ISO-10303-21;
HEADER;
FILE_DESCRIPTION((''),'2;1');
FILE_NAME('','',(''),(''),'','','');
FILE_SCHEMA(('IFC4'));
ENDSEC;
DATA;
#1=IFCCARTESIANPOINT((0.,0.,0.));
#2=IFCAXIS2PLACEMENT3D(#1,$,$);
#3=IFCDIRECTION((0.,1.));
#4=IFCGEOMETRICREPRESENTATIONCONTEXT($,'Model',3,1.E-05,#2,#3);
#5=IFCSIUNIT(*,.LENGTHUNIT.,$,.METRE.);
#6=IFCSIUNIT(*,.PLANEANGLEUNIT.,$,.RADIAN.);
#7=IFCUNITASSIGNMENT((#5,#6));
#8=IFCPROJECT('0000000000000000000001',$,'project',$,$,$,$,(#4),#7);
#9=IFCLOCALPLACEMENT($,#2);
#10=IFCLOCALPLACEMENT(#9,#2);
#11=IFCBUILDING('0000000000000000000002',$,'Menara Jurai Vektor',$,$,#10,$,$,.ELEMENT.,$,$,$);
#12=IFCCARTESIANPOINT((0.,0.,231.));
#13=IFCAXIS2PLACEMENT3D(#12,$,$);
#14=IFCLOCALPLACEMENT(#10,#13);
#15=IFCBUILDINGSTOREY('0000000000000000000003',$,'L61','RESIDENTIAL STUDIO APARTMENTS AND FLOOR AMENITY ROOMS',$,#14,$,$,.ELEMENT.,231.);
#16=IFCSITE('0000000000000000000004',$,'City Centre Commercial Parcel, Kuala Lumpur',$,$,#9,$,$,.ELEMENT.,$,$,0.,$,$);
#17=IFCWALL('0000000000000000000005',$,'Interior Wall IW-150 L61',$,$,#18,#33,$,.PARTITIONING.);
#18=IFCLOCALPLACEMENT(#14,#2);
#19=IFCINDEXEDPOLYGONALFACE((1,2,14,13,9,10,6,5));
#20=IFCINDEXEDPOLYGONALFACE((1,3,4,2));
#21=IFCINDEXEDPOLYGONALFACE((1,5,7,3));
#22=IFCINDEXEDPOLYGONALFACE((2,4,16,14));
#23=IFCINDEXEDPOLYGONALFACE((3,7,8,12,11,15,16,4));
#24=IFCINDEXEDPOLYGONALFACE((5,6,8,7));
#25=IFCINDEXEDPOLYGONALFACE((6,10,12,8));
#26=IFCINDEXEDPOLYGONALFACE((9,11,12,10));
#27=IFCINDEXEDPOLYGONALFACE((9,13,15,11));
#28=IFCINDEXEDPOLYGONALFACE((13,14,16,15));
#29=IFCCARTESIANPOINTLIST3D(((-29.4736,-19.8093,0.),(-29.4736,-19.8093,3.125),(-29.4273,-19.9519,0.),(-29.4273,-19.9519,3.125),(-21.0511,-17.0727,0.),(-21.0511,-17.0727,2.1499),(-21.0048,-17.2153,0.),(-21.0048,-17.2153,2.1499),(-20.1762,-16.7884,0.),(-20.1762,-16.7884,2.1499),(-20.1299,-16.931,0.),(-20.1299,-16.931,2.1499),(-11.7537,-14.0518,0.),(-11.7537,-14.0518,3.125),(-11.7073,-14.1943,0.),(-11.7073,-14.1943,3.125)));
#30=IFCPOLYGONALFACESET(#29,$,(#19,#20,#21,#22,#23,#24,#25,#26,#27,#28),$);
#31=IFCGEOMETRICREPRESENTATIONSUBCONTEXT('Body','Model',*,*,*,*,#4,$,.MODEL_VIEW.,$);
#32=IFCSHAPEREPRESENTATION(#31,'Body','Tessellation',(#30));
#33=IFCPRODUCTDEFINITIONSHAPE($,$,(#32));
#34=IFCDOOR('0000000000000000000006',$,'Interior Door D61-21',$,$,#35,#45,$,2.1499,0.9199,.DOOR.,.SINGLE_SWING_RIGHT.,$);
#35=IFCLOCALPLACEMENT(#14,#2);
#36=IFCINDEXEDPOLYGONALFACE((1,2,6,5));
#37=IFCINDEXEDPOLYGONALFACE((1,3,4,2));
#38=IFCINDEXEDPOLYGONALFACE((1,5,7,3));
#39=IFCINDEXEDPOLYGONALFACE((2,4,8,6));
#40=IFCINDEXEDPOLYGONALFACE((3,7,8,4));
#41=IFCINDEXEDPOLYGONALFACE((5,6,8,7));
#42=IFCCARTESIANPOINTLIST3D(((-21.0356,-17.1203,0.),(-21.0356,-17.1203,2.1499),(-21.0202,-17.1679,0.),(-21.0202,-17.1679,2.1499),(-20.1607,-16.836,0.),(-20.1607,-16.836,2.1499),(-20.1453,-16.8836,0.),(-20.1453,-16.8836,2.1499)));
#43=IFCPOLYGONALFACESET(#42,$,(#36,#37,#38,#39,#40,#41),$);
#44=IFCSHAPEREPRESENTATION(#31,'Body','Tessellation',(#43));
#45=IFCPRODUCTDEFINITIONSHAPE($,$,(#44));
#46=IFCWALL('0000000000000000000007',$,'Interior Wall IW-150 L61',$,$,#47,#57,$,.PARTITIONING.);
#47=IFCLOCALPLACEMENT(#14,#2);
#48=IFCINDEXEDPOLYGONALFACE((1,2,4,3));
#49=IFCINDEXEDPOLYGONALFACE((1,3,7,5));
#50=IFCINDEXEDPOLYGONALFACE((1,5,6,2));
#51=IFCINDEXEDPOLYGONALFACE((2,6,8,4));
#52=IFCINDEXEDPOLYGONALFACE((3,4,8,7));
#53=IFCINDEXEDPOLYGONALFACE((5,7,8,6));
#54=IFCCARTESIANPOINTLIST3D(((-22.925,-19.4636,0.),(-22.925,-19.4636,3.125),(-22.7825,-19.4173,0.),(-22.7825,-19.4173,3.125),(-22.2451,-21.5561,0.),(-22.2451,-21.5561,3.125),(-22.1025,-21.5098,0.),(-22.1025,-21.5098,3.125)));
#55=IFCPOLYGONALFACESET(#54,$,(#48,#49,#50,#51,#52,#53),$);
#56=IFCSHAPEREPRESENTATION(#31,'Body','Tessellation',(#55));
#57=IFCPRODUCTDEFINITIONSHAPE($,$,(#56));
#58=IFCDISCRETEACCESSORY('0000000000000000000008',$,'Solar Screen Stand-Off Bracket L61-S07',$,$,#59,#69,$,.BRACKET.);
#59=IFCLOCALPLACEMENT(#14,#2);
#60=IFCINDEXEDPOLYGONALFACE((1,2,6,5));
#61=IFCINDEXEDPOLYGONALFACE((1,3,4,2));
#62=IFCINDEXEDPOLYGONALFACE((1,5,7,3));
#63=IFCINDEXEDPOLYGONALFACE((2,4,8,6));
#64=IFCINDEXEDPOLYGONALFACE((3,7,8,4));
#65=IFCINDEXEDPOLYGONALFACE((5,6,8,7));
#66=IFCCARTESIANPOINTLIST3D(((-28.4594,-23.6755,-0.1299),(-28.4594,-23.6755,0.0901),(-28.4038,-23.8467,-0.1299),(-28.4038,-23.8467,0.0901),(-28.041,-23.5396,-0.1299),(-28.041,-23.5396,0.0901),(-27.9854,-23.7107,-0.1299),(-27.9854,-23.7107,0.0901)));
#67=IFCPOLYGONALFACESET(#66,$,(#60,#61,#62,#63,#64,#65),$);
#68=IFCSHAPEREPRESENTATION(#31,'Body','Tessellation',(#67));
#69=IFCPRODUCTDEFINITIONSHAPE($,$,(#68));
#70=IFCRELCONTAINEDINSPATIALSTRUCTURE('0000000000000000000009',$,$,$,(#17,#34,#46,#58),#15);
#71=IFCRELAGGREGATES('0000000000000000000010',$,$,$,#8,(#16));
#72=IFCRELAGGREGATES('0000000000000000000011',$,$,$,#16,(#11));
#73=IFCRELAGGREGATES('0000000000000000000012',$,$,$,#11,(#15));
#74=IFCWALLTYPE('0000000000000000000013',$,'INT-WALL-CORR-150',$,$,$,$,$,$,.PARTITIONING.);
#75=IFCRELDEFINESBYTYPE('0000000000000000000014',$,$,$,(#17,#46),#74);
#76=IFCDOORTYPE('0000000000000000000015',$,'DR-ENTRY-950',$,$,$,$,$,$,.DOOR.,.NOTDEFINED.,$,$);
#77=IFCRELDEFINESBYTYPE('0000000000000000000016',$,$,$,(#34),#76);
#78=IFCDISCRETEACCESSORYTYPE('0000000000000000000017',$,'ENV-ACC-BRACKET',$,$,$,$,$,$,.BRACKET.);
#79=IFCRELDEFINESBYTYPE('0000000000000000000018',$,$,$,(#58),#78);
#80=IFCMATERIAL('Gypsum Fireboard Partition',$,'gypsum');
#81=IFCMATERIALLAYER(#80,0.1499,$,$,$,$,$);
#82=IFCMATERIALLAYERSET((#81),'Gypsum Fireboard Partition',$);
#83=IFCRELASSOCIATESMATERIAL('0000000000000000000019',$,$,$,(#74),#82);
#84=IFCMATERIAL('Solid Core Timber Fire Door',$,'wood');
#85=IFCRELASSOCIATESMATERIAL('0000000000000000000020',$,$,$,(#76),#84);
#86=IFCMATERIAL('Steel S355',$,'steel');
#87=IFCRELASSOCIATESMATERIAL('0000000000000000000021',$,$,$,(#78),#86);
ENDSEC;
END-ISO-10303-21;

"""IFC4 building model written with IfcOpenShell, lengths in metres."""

from ifc_helpers import new_model, si_unit, direction, frame, frame_2d, origin, origin_2d, place, context, subcontext, project, spatial, rectangle, extrude, material, layer, layer_set, type_object, element, fill, save


model = new_model("IFC4")

# Units and contexts
model_context = context("Model", 3, precision=1e-05, world=origin(), true_north=direction((0.0, 1.0)))
body_context = subcontext(model_context, "Body", "Model", "MODEL_VIEW")
ifc_project = project(units=[si_unit("LENGTHUNIT", "METRE"), si_unit("PLANEANGLEUNIT", "RADIAN")], contexts=[model_context])

# Site, building, storey
site_placement = place(None, origin())
site = spatial("IfcSite", under=ifc_project, at=site_placement, Name="City Centre Commercial Parcel, Kuala Lumpur", CompositionType="ELEMENT", RefElevation=0.0)
building_placement = place(site_placement, origin())
building = spatial("IfcBuilding", under=site, at=building_placement, Name="Menara Jurai Vektor", CompositionType="ELEMENT")
storey_placement = place(building_placement, frame((0.0, 0.0, 231.0)))
storey = spatial("IfcBuildingStorey", under=building, at=storey_placement, Name="L61", Description="RESIDENTIAL STUDIO APARTMENTS AND FLOOR AMENITY ROOMS", CompositionType="ELEMENT", Elevation=231.0)

# Shared definitions
ifc_material_1 = material(Name="Steel S355", Category="steel")

# Shared definitions
ifc_material_2 = material(Name="Gypsum Fireboard Partition", Category="gypsum")
ifc_layer_1 = layer(ifc_material_2, 0.1499)
ifc_layer_set_1 = layer_set([ifc_layer_1], Name="Gypsum Fireboard Partition")
wall_type = type_object("IfcWallType", Name="INT-WALL-CORR-150", PredefinedType="PARTITIONING", material=ifc_layer_set_1)

# Wall, opening, door
wall_1_placement = place(storey_placement, frame((-29.4504, -19.8806, 0.0), z_axis=(0.0, 0.0, 1.0), x_axis=(0.951057, 0.309017, 0.0)))
wall_1 = element("IfcWall", 1, at=wall_1_placement, inside=storey, type_object=wall_type, Name="Interior Wall IW-150 L61", PredefinedType="PARTITIONING", context=body_context, shape_type="SweptSolid", body=[
    extrude(rectangle(XDim=18.6318, YDim=0.1499, at=frame_2d((9.3159, 0.0))), origin(), (0.0, 0.0, 1.0), 3.125),
])
opening_placement = place(wall_1_placement, frame((8.856, 0.0, 0.0)))
opening = element("IfcOpeningElement", 2, at=opening_placement, cuts=wall_1, PredefinedType="OPENING", context=body_context, shape_type="SweptSolid", body=[
    extrude(rectangle(XDim=0.9199, YDim=2.1499, at=frame_2d((0.46, 1.075))), frame((0.0, 0.085, 0.0), z_axis=(0.0, -1.0, 0.0), x_axis=(1.0, 0.0, 0.0)), (0.0, 0.0, 1.0), 0.1699),
])
ifc_material_3 = material(Name="Solid Core Timber Fire Door", Category="wood")
door_type = type_object("IfcDoorType", Name="DR-ENTRY-950", OperationType="NOTDEFINED", PredefinedType="DOOR", material=ifc_material_3)
door_placement = place(opening_placement, origin())
door = element("IfcDoor", 3, at=door_placement, inside=storey, type_object=door_type, Name="Interior Door D61-21", OperationType="SINGLE_SWING_RIGHT", OverallHeight=2.1499, OverallWidth=0.9199, PredefinedType="DOOR", context=body_context, shape_type="SweptSolid", body=[
    extrude(rectangle(XDim=0.9199, YDim=2.1499, at=frame_2d((0.46, 1.075))), frame((0.0, 0.0249, 0.0), z_axis=(0.0, -1.0, 0.0), x_axis=(1.0, 0.0, 0.0)), (0.0, 0.0, 1.0), 0.05),
])
fill(opening, door)

# Wall
wall_2_placement = place(storey_placement, frame((-22.1738, -21.533, 0.0), z_axis=(0.0, 0.0, 1.0), x_axis=(-0.309028, 0.951053, 0.0)))
element("IfcWall", 4, at=wall_2_placement, inside=storey, type_object=wall_type, Name="Interior Wall IW-150 L61", PredefinedType="PARTITIONING", context=body_context, shape_type="SweptSolid", body=[
    extrude(rectangle(XDim=2.2002, YDim=0.1499, at=frame_2d((1.1001, 0.0))), origin(), (0.0, 0.0, 1.0), 3.125),
])

# Discrete accessory
discrete_accessory_type = type_object("IfcDiscreteAccessoryType", Name="ENV-ACC-BRACKET", PredefinedType="BRACKET", material=ifc_material_1)
discrete_accessory_placement = place(storey_placement, frame((-28.2224, -23.6931, -0.1299), z_axis=(0.0, 0.0, 1.0), x_axis=(0.309017, -0.951057, 0.0)))
element("IfcDiscreteAccessory", 5, at=discrete_accessory_placement, inside=storey, type_object=discrete_accessory_type, Name="Solar Screen Stand-Off Bracket L61-S07", PredefinedType="BRACKET", context=body_context, shape_type="SweptSolid", body=[
    extrude(rectangle(XDim=0.1799, YDim=0.4399, at=origin_2d()), origin(), (0.0, 0.0, 1.0), 0.22),
])

save(model, "model.ifc")
